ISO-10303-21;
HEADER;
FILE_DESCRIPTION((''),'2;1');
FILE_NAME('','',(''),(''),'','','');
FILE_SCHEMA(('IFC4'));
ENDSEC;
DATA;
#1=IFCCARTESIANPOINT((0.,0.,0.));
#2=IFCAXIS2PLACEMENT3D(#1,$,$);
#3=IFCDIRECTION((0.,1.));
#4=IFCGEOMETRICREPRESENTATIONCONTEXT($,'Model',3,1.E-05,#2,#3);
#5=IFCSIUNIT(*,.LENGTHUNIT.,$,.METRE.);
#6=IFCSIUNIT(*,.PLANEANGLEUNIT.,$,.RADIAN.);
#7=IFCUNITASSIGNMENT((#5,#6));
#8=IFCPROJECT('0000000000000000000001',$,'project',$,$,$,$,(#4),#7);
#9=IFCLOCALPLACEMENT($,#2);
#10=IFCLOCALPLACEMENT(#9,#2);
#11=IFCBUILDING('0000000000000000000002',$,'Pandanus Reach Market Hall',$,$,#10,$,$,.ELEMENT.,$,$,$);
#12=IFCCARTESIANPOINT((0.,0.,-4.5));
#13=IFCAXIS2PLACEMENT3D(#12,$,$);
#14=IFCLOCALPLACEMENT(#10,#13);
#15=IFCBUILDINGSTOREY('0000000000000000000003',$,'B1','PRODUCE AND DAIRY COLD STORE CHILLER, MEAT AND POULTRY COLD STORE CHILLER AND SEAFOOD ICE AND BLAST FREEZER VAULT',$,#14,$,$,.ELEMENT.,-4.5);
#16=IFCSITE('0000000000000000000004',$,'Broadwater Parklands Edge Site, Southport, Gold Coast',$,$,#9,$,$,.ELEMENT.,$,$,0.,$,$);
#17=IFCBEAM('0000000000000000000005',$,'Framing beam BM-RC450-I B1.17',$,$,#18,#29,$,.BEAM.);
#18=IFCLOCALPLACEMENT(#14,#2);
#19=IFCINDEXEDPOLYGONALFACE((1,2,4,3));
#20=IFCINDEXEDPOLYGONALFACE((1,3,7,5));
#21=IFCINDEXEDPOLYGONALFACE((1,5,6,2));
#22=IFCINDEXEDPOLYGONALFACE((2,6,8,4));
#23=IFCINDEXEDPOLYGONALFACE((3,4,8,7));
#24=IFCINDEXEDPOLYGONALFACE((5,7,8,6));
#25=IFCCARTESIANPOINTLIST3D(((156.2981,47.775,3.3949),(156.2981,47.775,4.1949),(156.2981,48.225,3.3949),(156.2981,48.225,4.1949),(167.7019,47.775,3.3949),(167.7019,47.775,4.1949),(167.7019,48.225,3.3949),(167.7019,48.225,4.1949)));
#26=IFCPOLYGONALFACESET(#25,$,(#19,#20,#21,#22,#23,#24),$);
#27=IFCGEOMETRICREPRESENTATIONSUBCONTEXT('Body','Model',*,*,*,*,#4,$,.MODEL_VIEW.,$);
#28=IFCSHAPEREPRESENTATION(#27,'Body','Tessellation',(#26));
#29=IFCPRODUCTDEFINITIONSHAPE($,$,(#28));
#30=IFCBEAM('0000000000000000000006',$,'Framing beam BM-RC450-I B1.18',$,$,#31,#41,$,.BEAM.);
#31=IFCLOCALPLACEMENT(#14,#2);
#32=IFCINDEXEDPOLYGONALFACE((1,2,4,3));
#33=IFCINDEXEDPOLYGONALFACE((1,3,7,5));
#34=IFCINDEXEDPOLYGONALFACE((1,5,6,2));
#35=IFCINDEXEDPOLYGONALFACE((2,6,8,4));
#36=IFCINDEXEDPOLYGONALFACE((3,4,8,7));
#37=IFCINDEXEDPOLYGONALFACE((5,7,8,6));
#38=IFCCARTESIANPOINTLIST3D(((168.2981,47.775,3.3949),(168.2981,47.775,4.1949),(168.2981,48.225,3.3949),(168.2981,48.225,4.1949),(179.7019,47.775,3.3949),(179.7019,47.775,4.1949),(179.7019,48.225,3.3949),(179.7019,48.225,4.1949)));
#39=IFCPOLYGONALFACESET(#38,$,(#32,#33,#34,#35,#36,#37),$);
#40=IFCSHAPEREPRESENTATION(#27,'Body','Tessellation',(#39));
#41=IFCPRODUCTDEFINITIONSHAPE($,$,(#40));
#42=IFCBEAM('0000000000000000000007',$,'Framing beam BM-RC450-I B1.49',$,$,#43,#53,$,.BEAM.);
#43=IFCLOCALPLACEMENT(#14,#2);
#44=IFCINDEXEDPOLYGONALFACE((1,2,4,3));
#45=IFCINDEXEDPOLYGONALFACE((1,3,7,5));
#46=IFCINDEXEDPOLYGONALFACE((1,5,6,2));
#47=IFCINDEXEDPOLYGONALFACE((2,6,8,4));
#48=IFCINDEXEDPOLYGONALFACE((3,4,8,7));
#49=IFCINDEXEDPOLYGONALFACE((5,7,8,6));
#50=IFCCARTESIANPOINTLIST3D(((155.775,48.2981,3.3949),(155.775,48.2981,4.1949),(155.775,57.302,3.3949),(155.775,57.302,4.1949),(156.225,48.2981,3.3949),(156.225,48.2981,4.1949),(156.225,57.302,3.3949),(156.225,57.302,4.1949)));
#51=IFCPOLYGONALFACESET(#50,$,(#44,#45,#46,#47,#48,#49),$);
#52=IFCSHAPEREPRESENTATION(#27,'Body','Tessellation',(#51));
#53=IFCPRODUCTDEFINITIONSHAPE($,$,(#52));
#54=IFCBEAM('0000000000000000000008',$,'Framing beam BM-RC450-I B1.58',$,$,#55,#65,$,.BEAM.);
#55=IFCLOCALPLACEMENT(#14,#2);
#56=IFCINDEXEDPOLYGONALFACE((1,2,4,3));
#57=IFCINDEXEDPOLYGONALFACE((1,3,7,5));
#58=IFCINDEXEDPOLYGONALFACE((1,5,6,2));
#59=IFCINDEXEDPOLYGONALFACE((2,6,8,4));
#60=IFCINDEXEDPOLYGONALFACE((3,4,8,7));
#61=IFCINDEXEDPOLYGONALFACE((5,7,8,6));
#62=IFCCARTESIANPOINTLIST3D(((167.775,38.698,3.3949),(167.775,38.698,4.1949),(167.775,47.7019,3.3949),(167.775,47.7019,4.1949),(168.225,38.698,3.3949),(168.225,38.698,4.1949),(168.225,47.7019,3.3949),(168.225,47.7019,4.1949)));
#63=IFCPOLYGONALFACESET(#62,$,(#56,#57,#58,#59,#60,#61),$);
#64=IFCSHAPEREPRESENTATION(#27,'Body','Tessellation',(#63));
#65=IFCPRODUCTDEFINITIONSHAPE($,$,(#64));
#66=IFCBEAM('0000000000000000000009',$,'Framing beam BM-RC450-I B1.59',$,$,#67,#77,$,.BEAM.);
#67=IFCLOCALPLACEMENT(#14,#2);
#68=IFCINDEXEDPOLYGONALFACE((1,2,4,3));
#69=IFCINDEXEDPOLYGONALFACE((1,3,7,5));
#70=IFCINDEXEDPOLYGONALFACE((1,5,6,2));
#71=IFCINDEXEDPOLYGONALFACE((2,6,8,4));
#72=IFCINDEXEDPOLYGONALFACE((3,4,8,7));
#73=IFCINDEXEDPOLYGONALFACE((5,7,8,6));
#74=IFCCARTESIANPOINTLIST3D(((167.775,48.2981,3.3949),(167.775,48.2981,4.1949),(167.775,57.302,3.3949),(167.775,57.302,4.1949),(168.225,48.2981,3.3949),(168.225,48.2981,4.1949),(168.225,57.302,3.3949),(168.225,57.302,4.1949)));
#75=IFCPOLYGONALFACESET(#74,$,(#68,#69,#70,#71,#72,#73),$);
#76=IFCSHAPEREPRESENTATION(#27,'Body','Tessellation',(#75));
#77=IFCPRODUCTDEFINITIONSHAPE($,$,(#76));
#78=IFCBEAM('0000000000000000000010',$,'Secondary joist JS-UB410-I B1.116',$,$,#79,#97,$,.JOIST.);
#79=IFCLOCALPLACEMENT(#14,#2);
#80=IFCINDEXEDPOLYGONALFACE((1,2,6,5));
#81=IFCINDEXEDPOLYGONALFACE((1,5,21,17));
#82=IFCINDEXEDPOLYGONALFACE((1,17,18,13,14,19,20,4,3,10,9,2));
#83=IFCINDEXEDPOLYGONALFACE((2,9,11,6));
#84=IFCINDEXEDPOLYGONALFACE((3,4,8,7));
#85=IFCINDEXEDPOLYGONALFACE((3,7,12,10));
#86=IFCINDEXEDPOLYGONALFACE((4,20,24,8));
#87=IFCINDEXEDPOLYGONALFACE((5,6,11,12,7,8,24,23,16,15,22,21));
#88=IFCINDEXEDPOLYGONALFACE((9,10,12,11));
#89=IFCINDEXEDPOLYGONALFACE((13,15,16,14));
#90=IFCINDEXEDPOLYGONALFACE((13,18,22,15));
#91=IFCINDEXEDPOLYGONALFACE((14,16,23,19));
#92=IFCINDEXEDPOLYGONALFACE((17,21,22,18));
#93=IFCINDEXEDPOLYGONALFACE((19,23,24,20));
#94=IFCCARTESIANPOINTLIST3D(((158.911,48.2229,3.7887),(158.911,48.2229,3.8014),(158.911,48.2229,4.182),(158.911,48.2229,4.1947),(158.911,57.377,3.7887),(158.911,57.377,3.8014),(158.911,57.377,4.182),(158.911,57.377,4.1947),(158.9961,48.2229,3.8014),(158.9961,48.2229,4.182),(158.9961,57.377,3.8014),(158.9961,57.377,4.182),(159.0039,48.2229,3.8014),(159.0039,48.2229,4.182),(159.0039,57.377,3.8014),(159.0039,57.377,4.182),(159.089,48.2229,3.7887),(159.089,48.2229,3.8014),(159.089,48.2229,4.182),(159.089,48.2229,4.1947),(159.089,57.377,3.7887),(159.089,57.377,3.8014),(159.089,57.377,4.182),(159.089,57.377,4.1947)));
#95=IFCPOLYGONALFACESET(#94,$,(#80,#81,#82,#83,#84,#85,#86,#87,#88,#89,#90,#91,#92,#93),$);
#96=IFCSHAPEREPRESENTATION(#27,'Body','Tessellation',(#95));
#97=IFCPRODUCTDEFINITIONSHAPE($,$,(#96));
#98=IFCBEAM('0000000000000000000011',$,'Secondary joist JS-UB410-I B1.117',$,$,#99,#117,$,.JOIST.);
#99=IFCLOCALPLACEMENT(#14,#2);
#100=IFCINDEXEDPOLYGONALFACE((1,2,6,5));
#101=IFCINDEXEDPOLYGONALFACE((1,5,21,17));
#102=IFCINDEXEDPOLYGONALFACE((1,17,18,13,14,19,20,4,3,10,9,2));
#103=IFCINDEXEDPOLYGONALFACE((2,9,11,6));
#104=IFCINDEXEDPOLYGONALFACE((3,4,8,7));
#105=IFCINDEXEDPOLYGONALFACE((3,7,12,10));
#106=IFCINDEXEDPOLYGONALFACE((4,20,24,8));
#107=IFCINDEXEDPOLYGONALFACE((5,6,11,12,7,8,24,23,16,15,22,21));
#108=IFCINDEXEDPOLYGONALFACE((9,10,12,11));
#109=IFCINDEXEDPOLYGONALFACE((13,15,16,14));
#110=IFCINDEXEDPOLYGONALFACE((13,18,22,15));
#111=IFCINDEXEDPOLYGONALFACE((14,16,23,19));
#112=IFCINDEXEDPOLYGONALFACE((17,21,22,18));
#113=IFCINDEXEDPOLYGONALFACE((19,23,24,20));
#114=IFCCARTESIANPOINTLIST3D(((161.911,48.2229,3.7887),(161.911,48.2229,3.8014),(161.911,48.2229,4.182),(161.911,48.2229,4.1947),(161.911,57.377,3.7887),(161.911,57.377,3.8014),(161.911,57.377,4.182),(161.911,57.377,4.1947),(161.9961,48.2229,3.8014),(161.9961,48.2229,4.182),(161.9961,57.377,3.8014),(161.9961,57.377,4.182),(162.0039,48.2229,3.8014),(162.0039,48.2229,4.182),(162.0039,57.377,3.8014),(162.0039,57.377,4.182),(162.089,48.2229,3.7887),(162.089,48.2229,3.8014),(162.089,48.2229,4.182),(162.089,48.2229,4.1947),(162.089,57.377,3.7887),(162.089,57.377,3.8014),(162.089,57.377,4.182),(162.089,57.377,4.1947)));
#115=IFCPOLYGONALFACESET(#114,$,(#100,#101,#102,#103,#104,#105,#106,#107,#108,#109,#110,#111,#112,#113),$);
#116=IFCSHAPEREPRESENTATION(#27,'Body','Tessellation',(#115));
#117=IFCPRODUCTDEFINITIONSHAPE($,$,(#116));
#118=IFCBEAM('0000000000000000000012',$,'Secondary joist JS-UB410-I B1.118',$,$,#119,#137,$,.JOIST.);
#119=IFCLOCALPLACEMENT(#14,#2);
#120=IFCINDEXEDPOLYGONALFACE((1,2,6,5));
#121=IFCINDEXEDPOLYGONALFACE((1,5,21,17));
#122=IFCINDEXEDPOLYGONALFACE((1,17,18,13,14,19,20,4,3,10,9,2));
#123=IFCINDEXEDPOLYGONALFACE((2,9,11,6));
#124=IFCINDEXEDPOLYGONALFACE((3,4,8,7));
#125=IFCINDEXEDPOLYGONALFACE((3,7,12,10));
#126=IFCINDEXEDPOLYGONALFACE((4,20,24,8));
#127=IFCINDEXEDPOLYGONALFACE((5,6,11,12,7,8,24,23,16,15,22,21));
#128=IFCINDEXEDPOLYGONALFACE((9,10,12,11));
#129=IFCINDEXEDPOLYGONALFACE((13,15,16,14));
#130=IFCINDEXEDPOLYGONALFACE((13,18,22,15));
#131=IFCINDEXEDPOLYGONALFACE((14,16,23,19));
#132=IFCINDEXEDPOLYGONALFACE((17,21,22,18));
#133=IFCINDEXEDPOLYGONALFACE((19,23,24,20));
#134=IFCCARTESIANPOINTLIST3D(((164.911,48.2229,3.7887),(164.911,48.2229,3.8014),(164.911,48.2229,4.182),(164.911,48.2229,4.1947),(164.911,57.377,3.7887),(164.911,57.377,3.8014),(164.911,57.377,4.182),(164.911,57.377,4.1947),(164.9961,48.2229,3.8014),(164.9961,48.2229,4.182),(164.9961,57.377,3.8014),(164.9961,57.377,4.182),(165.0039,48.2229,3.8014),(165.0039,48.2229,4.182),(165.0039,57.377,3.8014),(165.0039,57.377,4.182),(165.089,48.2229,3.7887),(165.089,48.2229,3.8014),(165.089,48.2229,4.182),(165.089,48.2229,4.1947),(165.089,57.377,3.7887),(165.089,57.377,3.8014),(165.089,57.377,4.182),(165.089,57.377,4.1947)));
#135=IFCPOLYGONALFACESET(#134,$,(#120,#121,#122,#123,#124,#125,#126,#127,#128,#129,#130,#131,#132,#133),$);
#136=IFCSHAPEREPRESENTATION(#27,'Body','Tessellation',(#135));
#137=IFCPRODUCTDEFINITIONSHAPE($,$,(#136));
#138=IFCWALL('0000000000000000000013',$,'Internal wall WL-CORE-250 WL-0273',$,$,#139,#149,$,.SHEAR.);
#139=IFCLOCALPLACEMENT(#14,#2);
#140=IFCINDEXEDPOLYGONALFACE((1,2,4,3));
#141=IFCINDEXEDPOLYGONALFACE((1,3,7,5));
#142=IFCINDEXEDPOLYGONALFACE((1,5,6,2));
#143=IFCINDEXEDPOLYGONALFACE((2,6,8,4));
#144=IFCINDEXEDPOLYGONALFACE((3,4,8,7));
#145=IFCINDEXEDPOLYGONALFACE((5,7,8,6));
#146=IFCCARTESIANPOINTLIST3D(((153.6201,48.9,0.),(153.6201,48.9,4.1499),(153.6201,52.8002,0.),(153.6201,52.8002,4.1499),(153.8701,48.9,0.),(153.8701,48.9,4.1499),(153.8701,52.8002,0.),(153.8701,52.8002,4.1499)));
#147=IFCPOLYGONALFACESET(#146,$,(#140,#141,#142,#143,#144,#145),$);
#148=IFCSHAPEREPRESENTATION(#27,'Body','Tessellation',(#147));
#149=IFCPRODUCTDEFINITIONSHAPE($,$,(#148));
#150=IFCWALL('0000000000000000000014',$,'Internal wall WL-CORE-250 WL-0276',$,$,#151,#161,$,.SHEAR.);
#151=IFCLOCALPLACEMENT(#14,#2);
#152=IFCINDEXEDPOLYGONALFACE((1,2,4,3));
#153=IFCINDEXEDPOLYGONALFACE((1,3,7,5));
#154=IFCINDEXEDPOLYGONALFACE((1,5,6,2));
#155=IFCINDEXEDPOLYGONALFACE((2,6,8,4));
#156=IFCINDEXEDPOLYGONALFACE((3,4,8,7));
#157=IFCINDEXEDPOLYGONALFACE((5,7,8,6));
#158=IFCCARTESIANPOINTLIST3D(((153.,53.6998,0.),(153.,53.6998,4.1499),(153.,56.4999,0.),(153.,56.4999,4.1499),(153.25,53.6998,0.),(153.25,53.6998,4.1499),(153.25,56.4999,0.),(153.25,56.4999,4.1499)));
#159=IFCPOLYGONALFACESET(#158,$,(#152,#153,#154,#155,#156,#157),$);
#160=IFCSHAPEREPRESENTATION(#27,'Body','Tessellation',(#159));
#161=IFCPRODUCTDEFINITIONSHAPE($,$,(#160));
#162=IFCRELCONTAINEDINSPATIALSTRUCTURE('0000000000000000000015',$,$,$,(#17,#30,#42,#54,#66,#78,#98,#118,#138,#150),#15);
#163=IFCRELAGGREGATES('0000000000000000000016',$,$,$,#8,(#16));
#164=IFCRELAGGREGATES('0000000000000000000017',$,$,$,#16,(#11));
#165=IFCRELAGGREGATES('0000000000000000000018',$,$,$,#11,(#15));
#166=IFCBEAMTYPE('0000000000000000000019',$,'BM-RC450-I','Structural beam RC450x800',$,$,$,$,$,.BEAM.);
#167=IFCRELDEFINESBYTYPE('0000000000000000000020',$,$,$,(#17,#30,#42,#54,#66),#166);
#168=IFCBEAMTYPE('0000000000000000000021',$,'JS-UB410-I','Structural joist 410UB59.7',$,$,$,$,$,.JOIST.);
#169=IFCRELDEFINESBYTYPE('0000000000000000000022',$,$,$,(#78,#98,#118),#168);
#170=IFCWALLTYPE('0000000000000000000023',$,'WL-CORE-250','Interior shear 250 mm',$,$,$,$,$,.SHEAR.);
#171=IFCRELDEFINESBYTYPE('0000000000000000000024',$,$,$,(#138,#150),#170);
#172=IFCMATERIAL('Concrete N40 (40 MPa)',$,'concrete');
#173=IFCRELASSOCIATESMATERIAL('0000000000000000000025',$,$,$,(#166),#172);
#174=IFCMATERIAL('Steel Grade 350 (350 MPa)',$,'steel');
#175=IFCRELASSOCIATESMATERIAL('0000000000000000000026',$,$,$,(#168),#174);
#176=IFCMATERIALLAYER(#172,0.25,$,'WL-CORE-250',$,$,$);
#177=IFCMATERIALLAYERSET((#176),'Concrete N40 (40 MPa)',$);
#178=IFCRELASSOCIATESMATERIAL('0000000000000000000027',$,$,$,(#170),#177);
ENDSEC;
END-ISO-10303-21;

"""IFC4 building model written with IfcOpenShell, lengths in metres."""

from ifc_helpers import new_model, si_unit, direction, frame, frame_2d, origin, origin_2d, place, context, subcontext, project, spatial, rectangle, i_section, extrude, material, layer, layer_set, material_profile, profile_set, type_object, element, save


model = new_model("IFC4")

# Units and contexts
model_context = context("Model", 3, precision=1e-05, world=origin(), true_north=direction((0.0, 1.0)))
body_context = subcontext(model_context, "Body", "Model", "MODEL_VIEW")
ifc_project = project(units=[si_unit("LENGTHUNIT", "METRE"), si_unit("PLANEANGLEUNIT", "RADIAN")], contexts=[model_context])

# Site, building, storey
site_placement = place(None, origin())
site = spatial("IfcSite", under=ifc_project, at=site_placement, Name="Broadwater Parklands Edge Site, Southport, Gold Coast", CompositionType="ELEMENT", RefElevation=0.0)
building_placement = place(site_placement, origin())
building = spatial("IfcBuilding", under=site, at=building_placement, Name="Pandanus Reach Market Hall", CompositionType="ELEMENT")
storey_placement = place(building_placement, frame((0.0, 0.0, -4.5)))
storey = spatial("IfcBuildingStorey", under=building, at=storey_placement, Name="B1", Description="PRODUCE AND DAIRY COLD STORE CHILLER, MEAT AND POULTRY COLD STORE CHILLER AND SEAFOOD ICE AND BLAST FREEZER VAULT", CompositionType="ELEMENT", Elevation=-4.5)

# Shared definitions
ifc_material_1 = material(Name="Concrete N40 (40 MPa)", Category="concrete")

# Beams
ifc_material_profile_1 = material_profile(ifc_material_1, rectangle(XDim=0.45, YDim=0.8, at=origin_2d()), Name="RC450x800", Category="LoadBearing")
ifc_profile_set_1 = profile_set([ifc_material_profile_1], Name="Concrete N40 (40 MPa)")
beam_type_1 = type_object("IfcBeamType", Name="BM-RC450-I", Description="Structural beam RC450x800", PredefinedType="BEAM", material=ifc_profile_set_1)
for number, where, z_axis, x_axis, name in (
    (1, (156.2981, 48.0, 3.7949), (1.0, 0.0, 0.0), (0.0, 1.0, 0.0), "Framing beam BM-RC450-I B1.17"),
    (2, (168.2981, 48.0, 3.7949), (1.0, 0.0, 0.0), (0.0, 1.0, 0.0), "Framing beam BM-RC450-I B1.18"),
):
    element("IfcBeam", number, at=place(storey_placement, frame(where, z_axis=z_axis, x_axis=x_axis)), inside=storey, type_object=beam_type_1, Name=name, PredefinedType="BEAM", context=body_context, shape_type="SweptSolid", body=[
        extrude(rectangle(XDim=0.45, YDim=0.8, at=origin_2d()), origin(), (0.0, 0.0, 1.0), 11.4038),
    ])
for number, where, z_axis, x_axis, name in (
    (3, (156.0, 48.2981, 3.7949), (0.0, 1.0, 0.0), (-1.0, 0.0, 0.0), "Framing beam BM-RC450-I B1.49"),
    (4, (168.0, 38.698, 3.7949), (0.0, 1.0, 0.0), (-1.0, 0.0, 0.0), "Framing beam BM-RC450-I B1.58"),
    (5, (168.0, 48.2981, 3.7949), (0.0, 1.0, 0.0), (-1.0, 0.0, 0.0), "Framing beam BM-RC450-I B1.59"),
):
    element("IfcBeam", number, at=place(storey_placement, frame(where, z_axis=z_axis, x_axis=x_axis)), inside=storey, type_object=beam_type_1, Name=name, PredefinedType="BEAM", context=body_context, shape_type="SweptSolid", body=[
        extrude(rectangle(XDim=0.45, YDim=0.8, at=origin_2d()), origin(), (0.0, 0.0, 1.0), 9.0039),
    ])
ifc_material_2 = material(Name="Steel Grade 350 (350 MPa)", Category="steel")
ifc_material_profile_2 = material_profile(ifc_material_2, i_section(OverallWidth=0.178, OverallDepth=0.406, WebThickness=0.0078, FlangeThickness=0.0127, at=origin_2d()), Name="410UB59.7", Category="LoadBearing")
ifc_profile_set_2 = profile_set([ifc_material_profile_2], Name="Steel Grade 350 (350 MPa)")
beam_type_2 = type_object("IfcBeamType", Name="JS-UB410-I", Description="Structural joist 410UB59.7", PredefinedType="JOIST", material=ifc_profile_set_2)
for number, where, z_axis, x_axis, name in (
    (6, (159.0, 48.2229, 3.9917), (0.0, 1.0, 0.0), (-1.0, 0.0, 0.0), "Secondary joist JS-UB410-I B1.116"),
    (7, (162.0, 48.2229, 3.9917), (0.0, 1.0, 0.0), (-1.0, 0.0, 0.0), "Secondary joist JS-UB410-I B1.117"),
    (8, (165.0, 48.2229, 3.9917), (0.0, 1.0, 0.0), (-1.0, 0.0, 0.0), "Secondary joist JS-UB410-I B1.118"),
):
    element("IfcBeam", number, at=place(storey_placement, frame(where, z_axis=z_axis, x_axis=x_axis)), inside=storey, type_object=beam_type_2, Name=name, PredefinedType="JOIST", context=body_context, shape_type="SweptSolid", body=[
        extrude(i_section(OverallWidth=0.178, OverallDepth=0.406, WebThickness=0.0078, FlangeThickness=0.0127, at=origin_2d()), origin(), (0.0, 0.0, 1.0), 9.1541),
    ])

# Walls
ifc_layer = layer(ifc_material_1, 0.25, Name="WL-CORE-250")
ifc_layer_set = layer_set([ifc_layer], Name="Concrete N40 (40 MPa)")
wall_type = type_object("IfcWallType", Name="WL-CORE-250", Description="Interior shear 250 mm", PredefinedType="SHEAR", material=ifc_layer_set)
wall_1_placement = place(storey_placement, frame((153.7451, 48.8999, 0.0), z_axis=(0.0, 0.0, 1.0), x_axis=(0.0, 1.0, 0.0)))
element("IfcWall", 9, at=wall_1_placement, inside=storey, type_object=wall_type, Name="Internal wall WL-CORE-250 WL-0273", PredefinedType="SHEAR", context=body_context, shape_type="SweptSolid", body=[
    extrude(rectangle(XDim=3.9001, YDim=0.25, at=frame_2d((1.9502, 0.0))), origin(), (0.0, 0.0, 1.0), 4.1499),
])
wall_2_placement = place(storey_placement, frame((153.125, 53.7, 0.0), z_axis=(0.0, 0.0, 1.0), x_axis=(0.0, 1.0, 0.0)))
element("IfcWall", 10, at=wall_2_placement, inside=storey, type_object=wall_type, Name="Internal wall WL-CORE-250 WL-0276", PredefinedType="SHEAR", context=body_context, shape_type="SweptSolid", body=[
    extrude(rectangle(XDim=2.8, YDim=0.25, at=frame_2d((1.3999, 0.0))), origin(), (0.0, 0.0, 1.0), 4.1499),
])

save(model, "model.ifc")
